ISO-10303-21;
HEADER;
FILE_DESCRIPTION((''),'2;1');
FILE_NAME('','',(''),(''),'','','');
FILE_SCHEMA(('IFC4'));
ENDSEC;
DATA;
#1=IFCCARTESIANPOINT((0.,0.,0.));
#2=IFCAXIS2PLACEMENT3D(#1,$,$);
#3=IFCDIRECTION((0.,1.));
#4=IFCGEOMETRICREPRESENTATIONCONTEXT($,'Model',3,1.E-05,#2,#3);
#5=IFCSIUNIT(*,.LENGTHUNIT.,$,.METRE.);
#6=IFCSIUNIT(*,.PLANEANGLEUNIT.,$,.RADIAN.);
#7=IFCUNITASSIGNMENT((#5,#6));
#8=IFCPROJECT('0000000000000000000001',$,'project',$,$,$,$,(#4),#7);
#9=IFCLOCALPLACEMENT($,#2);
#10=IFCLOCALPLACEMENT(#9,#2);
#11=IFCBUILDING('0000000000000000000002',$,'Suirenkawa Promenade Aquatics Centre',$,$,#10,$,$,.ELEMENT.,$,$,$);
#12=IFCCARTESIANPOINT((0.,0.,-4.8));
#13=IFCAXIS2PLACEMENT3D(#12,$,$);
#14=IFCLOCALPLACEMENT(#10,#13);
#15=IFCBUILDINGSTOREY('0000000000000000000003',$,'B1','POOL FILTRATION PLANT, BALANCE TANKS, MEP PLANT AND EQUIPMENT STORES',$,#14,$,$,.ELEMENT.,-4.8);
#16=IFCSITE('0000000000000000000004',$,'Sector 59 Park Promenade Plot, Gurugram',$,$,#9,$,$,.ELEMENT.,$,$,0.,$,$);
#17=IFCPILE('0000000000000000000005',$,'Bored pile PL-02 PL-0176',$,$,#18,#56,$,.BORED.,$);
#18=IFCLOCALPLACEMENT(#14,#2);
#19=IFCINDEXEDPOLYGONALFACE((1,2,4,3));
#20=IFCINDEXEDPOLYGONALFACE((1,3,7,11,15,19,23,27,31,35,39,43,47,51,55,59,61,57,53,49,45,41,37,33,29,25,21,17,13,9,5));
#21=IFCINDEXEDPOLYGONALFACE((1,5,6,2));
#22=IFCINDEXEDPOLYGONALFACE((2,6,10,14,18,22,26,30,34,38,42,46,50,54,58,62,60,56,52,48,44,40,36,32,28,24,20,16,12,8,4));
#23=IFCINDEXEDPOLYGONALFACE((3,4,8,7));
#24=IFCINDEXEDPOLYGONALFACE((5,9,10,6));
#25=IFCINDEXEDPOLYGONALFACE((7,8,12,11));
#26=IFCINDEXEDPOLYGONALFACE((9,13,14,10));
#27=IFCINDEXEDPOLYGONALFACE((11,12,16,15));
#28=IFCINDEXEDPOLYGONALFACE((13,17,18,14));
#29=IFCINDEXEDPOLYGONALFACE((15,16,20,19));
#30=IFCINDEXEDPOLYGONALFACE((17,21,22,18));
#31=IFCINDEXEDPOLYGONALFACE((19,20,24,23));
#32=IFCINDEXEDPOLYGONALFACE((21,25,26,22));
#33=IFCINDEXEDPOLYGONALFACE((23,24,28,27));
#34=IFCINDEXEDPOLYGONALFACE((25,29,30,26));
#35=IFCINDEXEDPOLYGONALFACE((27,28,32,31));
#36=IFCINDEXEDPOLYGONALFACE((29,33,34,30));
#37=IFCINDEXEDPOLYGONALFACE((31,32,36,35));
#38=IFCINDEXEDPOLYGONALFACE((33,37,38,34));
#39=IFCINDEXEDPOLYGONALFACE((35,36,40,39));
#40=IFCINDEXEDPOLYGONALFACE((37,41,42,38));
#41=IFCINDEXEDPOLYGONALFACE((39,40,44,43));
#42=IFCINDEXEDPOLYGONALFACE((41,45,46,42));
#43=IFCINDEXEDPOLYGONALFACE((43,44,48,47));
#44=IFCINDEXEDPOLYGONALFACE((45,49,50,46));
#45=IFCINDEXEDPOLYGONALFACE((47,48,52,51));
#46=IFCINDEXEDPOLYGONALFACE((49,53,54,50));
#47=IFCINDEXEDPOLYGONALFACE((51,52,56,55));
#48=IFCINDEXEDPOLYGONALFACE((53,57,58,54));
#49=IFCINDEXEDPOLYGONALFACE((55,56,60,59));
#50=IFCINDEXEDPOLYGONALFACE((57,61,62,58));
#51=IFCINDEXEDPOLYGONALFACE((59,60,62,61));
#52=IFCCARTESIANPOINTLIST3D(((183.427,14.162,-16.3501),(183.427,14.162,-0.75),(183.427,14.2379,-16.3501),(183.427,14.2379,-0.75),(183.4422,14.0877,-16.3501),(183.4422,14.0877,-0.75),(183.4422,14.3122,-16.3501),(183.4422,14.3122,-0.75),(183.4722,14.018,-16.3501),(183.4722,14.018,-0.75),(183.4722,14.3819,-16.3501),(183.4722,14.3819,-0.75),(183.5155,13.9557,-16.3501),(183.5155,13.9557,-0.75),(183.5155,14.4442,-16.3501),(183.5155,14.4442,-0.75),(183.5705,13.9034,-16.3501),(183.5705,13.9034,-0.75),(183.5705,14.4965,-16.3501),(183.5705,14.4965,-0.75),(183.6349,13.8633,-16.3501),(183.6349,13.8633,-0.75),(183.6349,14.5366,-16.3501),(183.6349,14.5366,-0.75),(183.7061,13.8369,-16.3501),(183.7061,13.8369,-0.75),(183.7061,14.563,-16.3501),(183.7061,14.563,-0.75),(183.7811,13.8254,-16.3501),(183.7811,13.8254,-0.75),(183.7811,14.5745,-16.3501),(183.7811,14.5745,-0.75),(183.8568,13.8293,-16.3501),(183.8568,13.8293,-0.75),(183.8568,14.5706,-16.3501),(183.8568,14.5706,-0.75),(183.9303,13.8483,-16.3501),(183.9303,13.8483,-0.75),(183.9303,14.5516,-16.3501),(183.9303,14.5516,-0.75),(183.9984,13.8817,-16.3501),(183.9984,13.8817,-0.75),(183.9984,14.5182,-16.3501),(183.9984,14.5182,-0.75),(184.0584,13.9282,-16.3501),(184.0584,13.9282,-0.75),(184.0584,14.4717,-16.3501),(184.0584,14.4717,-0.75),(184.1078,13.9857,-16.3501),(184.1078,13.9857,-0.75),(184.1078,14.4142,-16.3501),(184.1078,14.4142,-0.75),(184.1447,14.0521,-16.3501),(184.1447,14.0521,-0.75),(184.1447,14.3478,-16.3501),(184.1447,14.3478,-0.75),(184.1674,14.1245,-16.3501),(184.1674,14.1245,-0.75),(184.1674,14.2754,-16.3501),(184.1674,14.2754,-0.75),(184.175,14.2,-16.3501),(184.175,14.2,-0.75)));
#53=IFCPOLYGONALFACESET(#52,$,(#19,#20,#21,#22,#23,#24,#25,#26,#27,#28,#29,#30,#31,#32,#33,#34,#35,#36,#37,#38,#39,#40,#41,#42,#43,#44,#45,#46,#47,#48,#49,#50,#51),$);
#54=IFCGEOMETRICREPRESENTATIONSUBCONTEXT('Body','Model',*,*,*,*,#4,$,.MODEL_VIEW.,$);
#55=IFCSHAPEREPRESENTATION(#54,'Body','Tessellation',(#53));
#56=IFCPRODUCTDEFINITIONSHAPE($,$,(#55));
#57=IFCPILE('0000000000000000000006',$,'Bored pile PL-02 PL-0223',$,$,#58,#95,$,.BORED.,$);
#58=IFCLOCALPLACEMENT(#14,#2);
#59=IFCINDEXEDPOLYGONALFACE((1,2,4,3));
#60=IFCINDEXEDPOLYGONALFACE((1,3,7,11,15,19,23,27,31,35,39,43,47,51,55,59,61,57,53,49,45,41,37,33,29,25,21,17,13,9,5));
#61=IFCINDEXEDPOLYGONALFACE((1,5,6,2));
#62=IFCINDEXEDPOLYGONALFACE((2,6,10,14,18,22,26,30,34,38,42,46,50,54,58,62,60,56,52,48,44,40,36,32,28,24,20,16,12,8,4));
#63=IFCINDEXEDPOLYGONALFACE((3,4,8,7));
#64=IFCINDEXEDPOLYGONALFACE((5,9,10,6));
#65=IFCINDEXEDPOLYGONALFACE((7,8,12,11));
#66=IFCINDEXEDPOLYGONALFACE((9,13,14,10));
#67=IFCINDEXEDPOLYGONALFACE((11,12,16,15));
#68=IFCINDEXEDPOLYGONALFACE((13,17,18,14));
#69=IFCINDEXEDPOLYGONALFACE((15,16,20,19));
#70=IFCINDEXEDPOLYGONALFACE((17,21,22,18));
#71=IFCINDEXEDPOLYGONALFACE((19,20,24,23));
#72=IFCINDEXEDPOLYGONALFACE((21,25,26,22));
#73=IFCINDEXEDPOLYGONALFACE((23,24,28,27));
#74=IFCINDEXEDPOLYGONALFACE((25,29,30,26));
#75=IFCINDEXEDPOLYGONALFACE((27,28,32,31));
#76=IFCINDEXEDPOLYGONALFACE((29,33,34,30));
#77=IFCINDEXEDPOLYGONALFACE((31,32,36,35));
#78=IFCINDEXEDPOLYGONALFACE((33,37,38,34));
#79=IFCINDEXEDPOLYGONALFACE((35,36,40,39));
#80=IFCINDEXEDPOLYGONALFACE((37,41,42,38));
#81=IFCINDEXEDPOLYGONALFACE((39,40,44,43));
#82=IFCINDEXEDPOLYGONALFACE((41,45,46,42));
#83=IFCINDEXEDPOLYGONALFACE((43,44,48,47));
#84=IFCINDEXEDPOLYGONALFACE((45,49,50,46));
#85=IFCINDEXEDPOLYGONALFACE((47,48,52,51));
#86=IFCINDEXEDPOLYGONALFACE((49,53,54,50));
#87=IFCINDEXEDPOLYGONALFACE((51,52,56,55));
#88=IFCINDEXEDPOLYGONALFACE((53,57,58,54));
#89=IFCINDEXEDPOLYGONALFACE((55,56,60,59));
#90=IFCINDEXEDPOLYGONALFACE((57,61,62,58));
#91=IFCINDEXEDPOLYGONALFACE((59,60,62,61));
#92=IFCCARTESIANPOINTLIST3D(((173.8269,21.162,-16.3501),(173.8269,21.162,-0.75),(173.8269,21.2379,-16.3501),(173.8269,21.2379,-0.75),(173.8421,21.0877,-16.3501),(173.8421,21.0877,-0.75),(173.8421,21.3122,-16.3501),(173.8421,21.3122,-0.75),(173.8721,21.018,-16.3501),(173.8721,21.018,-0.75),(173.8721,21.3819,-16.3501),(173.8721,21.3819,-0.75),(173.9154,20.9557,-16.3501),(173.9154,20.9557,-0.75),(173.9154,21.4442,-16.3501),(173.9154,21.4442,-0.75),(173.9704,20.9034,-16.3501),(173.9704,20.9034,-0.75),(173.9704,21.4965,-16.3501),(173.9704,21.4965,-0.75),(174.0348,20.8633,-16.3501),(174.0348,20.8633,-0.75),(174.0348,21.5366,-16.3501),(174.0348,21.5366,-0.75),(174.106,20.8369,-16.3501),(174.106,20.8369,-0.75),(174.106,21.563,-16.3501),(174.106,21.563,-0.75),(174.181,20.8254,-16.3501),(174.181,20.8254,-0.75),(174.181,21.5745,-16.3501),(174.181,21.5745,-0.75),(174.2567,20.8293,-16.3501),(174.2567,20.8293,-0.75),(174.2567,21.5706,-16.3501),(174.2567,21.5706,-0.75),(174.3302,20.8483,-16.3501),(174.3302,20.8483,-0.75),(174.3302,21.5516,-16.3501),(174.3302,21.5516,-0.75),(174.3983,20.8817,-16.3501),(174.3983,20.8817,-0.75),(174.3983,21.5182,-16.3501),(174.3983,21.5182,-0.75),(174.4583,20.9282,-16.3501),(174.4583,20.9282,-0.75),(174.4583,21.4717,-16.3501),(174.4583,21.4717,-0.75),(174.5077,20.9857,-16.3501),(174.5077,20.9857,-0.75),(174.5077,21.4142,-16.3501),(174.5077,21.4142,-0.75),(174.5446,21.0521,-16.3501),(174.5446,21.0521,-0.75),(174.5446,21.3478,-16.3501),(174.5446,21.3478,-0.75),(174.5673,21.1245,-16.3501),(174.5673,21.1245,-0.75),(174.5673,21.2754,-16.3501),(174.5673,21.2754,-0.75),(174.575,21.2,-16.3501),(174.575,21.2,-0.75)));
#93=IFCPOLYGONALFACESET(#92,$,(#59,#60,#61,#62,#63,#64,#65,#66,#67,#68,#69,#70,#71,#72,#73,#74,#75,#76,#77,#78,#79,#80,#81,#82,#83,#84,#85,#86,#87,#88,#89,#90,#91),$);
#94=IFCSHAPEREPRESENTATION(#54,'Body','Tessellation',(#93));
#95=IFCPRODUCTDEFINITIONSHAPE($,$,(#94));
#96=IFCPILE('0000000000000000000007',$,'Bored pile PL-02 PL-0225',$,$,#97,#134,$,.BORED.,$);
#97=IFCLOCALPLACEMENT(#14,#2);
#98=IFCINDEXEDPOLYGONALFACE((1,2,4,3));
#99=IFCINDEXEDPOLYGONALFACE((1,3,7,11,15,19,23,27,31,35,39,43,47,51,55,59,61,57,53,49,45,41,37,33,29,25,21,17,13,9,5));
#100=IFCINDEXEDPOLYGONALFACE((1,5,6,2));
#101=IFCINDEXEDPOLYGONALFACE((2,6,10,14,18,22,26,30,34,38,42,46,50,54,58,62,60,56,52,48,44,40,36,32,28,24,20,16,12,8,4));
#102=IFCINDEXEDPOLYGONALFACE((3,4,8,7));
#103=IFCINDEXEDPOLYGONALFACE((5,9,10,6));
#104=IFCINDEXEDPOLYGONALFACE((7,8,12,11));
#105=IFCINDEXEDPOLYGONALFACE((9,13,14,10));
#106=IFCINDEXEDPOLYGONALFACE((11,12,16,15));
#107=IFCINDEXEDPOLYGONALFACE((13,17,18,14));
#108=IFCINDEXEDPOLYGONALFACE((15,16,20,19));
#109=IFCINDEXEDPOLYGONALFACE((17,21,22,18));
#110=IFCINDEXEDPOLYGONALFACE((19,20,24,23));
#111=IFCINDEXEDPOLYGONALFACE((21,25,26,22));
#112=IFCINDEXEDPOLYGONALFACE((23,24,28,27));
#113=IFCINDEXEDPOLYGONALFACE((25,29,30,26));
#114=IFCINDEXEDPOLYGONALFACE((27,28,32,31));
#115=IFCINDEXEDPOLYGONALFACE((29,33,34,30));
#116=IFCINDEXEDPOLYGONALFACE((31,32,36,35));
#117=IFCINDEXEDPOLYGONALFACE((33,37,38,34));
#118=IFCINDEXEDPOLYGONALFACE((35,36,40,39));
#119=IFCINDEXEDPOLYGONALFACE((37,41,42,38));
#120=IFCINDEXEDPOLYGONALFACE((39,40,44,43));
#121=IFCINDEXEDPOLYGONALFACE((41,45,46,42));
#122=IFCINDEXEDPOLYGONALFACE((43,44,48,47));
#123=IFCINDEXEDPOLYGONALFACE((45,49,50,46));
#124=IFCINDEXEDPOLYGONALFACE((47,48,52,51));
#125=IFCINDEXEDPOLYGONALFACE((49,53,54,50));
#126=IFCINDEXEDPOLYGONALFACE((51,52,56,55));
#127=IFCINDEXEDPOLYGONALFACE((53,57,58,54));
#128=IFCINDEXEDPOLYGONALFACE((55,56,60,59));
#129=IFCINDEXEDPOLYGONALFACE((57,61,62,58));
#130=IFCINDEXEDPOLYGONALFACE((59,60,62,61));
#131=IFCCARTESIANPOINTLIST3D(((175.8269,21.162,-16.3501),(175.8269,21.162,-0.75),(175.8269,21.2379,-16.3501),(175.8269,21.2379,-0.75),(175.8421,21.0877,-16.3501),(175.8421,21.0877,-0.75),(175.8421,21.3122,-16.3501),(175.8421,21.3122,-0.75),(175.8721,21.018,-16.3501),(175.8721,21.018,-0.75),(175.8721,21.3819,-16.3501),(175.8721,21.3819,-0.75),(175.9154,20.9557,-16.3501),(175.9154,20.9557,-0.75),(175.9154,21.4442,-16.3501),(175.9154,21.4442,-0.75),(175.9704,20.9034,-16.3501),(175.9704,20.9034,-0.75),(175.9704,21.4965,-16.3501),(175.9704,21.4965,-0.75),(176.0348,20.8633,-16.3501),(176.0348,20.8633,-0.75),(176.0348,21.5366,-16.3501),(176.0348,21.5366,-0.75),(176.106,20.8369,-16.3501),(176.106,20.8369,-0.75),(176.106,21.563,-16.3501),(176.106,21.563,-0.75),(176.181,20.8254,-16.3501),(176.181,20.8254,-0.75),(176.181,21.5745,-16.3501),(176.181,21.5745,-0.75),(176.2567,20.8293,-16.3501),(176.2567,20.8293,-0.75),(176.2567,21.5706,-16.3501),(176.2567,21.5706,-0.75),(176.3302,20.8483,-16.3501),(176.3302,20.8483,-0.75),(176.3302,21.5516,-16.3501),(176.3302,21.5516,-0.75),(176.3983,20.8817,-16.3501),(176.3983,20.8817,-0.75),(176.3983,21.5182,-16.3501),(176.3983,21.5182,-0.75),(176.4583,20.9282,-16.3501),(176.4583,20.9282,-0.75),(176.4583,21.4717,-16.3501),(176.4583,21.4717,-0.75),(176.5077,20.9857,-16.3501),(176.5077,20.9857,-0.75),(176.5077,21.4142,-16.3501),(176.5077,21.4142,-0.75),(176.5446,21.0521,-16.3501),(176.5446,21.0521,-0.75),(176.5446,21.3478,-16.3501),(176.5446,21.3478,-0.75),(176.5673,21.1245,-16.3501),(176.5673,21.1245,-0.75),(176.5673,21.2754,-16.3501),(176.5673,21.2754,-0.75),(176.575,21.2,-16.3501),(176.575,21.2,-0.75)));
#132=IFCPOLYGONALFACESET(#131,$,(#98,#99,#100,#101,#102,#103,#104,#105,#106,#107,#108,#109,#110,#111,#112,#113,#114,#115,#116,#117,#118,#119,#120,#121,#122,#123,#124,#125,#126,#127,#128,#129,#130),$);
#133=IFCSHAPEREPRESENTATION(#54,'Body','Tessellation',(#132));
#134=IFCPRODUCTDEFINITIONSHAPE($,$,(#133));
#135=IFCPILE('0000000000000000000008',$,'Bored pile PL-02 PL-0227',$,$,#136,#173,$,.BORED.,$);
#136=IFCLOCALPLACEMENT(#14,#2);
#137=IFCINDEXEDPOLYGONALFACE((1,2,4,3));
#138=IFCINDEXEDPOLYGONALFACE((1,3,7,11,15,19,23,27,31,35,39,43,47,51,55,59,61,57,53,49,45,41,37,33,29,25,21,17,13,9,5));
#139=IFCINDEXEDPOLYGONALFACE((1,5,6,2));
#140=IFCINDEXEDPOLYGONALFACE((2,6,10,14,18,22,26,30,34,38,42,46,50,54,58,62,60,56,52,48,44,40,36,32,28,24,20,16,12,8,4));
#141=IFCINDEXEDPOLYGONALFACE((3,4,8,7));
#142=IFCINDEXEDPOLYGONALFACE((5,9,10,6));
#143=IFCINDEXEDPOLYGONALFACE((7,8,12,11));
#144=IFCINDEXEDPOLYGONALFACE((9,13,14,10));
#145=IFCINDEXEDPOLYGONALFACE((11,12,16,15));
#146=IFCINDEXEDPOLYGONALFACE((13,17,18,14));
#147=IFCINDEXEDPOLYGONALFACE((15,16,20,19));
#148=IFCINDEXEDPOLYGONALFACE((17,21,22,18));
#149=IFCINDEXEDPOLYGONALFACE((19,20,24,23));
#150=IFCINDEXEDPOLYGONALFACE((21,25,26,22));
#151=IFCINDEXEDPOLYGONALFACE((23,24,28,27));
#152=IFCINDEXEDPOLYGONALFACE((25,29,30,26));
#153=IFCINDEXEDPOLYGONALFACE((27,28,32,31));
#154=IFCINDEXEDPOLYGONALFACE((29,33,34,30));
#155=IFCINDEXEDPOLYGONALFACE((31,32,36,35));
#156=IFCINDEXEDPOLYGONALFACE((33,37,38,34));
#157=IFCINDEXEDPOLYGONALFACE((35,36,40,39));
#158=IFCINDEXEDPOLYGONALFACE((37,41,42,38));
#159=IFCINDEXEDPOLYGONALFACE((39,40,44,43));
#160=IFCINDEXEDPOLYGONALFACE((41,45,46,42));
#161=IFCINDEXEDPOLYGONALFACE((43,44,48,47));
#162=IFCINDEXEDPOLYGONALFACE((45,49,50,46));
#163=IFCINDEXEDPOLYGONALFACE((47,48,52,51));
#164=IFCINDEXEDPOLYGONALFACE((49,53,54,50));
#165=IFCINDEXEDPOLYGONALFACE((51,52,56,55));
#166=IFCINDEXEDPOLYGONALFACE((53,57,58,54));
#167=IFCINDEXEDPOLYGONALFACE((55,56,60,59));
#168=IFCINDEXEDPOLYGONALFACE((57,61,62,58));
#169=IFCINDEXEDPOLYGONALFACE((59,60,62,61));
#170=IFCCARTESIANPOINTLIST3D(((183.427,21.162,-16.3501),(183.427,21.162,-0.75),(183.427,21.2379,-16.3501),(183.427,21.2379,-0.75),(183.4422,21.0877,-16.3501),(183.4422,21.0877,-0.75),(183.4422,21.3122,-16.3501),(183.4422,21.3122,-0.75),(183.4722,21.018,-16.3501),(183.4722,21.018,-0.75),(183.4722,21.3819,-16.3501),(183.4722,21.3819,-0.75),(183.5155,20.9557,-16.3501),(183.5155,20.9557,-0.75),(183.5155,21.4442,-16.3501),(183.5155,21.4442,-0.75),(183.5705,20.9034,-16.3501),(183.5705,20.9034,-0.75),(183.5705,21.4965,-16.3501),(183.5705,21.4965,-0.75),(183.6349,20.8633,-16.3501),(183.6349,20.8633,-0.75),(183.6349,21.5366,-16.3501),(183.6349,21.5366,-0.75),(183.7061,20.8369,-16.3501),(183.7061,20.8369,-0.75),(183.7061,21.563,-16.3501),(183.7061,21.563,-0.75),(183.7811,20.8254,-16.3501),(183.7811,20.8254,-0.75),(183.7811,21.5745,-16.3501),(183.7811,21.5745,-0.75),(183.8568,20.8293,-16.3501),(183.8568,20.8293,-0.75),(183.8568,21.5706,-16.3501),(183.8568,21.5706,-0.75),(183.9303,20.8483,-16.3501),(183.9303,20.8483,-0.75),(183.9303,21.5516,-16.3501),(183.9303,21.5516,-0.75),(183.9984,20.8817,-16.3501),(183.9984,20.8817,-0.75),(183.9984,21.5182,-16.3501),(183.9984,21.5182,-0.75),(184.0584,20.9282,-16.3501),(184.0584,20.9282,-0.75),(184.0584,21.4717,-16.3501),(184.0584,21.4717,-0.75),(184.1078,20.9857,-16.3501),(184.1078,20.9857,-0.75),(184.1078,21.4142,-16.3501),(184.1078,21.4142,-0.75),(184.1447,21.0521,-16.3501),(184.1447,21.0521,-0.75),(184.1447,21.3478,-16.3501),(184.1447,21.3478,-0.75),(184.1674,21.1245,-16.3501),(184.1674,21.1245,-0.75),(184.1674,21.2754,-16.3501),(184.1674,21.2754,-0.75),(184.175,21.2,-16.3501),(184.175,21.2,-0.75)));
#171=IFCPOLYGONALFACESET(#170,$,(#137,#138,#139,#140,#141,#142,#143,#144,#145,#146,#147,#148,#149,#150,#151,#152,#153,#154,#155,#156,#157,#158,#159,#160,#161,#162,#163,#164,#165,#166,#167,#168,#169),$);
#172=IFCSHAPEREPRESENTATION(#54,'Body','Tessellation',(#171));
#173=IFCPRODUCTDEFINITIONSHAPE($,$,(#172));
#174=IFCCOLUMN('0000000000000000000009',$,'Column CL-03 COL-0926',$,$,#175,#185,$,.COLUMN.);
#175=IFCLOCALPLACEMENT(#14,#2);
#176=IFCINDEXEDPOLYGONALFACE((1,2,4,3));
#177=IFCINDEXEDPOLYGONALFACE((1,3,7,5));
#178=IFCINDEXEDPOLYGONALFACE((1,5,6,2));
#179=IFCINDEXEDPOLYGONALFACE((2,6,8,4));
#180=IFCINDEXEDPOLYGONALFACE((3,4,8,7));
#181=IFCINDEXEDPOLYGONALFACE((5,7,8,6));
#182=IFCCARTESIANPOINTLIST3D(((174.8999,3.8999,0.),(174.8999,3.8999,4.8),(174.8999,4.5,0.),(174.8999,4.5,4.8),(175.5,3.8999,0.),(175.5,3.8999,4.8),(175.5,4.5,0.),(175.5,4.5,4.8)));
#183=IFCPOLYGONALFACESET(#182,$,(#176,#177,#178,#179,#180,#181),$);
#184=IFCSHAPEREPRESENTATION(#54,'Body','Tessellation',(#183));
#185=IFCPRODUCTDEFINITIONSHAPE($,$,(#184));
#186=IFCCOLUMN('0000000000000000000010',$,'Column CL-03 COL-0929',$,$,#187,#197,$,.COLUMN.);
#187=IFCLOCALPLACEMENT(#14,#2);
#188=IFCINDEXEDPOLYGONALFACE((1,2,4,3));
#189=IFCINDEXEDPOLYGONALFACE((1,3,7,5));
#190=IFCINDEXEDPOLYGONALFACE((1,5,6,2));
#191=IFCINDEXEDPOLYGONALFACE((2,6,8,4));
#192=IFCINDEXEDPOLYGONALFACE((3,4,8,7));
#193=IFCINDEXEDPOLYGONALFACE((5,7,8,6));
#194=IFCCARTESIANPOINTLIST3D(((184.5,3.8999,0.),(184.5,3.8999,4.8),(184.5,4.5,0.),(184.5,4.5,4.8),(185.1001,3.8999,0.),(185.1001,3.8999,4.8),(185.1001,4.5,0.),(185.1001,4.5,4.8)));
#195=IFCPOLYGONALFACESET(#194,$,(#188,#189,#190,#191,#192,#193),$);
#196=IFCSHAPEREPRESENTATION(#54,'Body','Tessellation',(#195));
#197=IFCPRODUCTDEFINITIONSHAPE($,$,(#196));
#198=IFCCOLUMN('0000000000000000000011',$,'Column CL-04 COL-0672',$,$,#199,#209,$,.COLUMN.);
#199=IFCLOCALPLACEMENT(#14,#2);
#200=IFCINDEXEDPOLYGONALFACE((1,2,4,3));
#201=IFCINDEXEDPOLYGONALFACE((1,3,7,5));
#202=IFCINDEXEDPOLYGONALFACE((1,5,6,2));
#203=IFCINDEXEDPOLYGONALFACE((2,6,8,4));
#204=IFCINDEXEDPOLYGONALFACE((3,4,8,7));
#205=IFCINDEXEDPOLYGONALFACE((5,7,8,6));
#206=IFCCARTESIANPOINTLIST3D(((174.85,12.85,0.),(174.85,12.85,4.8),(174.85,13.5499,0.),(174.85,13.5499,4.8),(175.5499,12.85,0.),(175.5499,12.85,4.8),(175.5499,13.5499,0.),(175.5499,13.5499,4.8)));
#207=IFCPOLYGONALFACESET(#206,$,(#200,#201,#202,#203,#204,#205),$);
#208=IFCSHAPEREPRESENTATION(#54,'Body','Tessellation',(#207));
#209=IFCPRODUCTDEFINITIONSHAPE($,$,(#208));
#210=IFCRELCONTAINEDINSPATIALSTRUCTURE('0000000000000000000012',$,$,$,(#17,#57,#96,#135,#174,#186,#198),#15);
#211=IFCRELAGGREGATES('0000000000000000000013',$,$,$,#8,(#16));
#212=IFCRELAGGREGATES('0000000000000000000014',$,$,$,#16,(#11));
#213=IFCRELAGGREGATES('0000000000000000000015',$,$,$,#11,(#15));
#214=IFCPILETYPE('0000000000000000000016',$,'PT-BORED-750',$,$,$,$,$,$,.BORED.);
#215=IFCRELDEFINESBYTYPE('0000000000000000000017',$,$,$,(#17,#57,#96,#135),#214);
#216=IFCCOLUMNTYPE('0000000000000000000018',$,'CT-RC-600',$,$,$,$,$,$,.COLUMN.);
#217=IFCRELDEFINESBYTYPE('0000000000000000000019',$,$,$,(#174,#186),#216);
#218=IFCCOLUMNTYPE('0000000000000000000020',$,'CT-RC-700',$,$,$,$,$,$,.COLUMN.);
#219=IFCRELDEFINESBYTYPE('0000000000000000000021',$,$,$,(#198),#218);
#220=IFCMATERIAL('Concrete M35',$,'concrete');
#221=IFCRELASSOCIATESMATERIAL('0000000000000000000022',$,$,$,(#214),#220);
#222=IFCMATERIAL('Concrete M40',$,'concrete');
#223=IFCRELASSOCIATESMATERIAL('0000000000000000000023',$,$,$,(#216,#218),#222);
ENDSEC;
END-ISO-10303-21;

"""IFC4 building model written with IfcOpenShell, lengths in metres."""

from ifc_helpers import new_model, si_unit, direction, frame, origin, origin_2d, place, context, subcontext, project, spatial, rectangle, circle, extrude, material, material_profile, profile_set, type_object, element, save


model = new_model("IFC4")

# Units and contexts
model_context = context("Model", 3, precision=1e-05, world=origin(), true_north=direction((0.0, 1.0)))
body_context = subcontext(model_context, "Body", "Model", "MODEL_VIEW")
ifc_project = project(units=[si_unit("LENGTHUNIT", "METRE"), si_unit("PLANEANGLEUNIT", "RADIAN")], contexts=[model_context])

# Site, building, storey
site_placement = place(None, origin())
site = spatial("IfcSite", under=ifc_project, at=site_placement, Name="Sector 59 Park Promenade Plot, Gurugram", CompositionType="ELEMENT", RefElevation=0.0)
building_placement = place(site_placement, origin())
building = spatial("IfcBuilding", under=site, at=building_placement, Name="Suirenkawa Promenade Aquatics Centre", CompositionType="ELEMENT")
storey_placement = place(building_placement, frame((0.0, 0.0, -4.8)))
storey = spatial("IfcBuildingStorey", under=building, at=storey_placement, Name="B1", Description="POOL FILTRATION PLANT, BALANCE TANKS, MEP PLANT AND EQUIPMENT STORES", CompositionType="ELEMENT", Elevation=-4.8)

# Shared definitions
ifc_material_1 = material(Name="Concrete M35", Category="concrete")

# Piles
ifc_material_profile_1 = material_profile(ifc_material_1, circle(Radius=0.375, at=origin_2d()), Name="PILE D750", Category="concrete")
ifc_profile_set_1 = profile_set([ifc_material_profile_1], Name="Concrete M35")
pile_type = type_object("IfcPileType", Name="PT-BORED-750", PredefinedType="BORED", material=ifc_profile_set_1)
for number, where, z_axis, x_axis, name in (
    (1, (183.8, 14.2, -0.75), (0.0, 0.0, -1.0), (1.0, 0.0, 0.0), "Bored pile PL-02 PL-0176"),
    (2, (174.2, 21.2, -0.75), (0.0, 0.0, -1.0), (1.0, 0.0, 0.0), "Bored pile PL-02 PL-0223"),
    (3, (176.2, 21.2, -0.75), (0.0, 0.0, -1.0), (1.0, 0.0, 0.0), "Bored pile PL-02 PL-0225"),
    (4, (183.8, 21.2, -0.75), (0.0, 0.0, -1.0), (1.0, 0.0, 0.0), "Bored pile PL-02 PL-0227"),
):
    element("IfcPile", number, at=place(storey_placement, frame(where, z_axis=z_axis, x_axis=x_axis)), inside=storey, type_object=pile_type, Name=name, PredefinedType="BORED", context=body_context, shape_type="SweptSolid", body=[
        extrude(circle(Radius=0.375, at=origin_2d()), origin(), (0.0, 0.0, 1.0), 15.6001),
    ])

# Columns
ifc_material_2 = material(Name="Concrete M40", Category="concrete")
ifc_material_profile_2 = material_profile(ifc_material_2, rectangle(XDim=0.6001, YDim=0.6001, at=origin_2d()), Name="RC COL 600x600", Category="concrete")
ifc_profile_set_2 = profile_set([ifc_material_profile_2], Name="Concrete M40")
column_type_1 = type_object("IfcColumnType", Name="CT-RC-600", PredefinedType="COLUMN", material=ifc_profile_set_2)
for number, where, z_axis, x_axis, name in (
    (5, (175.2, 4.2, 0.0), (0.0, 0.0, 1.0), (1.0, 0.0, 0.0), "Column CL-03 COL-0926"),
    (6, (184.8, 4.2, 0.0), (0.0, 0.0, 1.0), (1.0, 0.0, 0.0), "Column CL-03 COL-0929"),
):
    element("IfcColumn", number, at=place(storey_placement, frame(where, z_axis=z_axis, x_axis=x_axis)), inside=storey, type_object=column_type_1, Name=name, PredefinedType="COLUMN", context=body_context, shape_type="SweptSolid", body=[
        extrude(rectangle(XDim=0.6001, YDim=0.6001, at=origin_2d()), origin(), (0.0, 0.0, 1.0), 4.8),
    ])
ifc_material_profile_3 = material_profile(ifc_material_2, rectangle(XDim=0.7, YDim=0.7, at=origin_2d()), Name="RC COL 700x700", Category="concrete")
ifc_profile_set_3 = profile_set([ifc_material_profile_3], Name="Concrete M40")
column_type_2 = type_object("IfcColumnType", Name="CT-RC-700", PredefinedType="COLUMN", material=ifc_profile_set_3)
for number, where, z_axis, x_axis, name in (
    (7, (175.2, 13.2, 0.0), (0.0, 0.0, 1.0), (1.0, 0.0, 0.0), "Column CL-04 COL-0672"),
):
    element("IfcColumn", number, at=place(storey_placement, frame(where, z_axis=z_axis, x_axis=x_axis)), inside=storey, type_object=column_type_2, Name=name, PredefinedType="COLUMN", context=body_context, shape_type="SweptSolid", body=[
        extrude(rectangle(XDim=0.7, YDim=0.7, at=origin_2d()), origin(), (0.0, 0.0, 1.0), 4.8),
    ])

save(model, "model.ifc")
